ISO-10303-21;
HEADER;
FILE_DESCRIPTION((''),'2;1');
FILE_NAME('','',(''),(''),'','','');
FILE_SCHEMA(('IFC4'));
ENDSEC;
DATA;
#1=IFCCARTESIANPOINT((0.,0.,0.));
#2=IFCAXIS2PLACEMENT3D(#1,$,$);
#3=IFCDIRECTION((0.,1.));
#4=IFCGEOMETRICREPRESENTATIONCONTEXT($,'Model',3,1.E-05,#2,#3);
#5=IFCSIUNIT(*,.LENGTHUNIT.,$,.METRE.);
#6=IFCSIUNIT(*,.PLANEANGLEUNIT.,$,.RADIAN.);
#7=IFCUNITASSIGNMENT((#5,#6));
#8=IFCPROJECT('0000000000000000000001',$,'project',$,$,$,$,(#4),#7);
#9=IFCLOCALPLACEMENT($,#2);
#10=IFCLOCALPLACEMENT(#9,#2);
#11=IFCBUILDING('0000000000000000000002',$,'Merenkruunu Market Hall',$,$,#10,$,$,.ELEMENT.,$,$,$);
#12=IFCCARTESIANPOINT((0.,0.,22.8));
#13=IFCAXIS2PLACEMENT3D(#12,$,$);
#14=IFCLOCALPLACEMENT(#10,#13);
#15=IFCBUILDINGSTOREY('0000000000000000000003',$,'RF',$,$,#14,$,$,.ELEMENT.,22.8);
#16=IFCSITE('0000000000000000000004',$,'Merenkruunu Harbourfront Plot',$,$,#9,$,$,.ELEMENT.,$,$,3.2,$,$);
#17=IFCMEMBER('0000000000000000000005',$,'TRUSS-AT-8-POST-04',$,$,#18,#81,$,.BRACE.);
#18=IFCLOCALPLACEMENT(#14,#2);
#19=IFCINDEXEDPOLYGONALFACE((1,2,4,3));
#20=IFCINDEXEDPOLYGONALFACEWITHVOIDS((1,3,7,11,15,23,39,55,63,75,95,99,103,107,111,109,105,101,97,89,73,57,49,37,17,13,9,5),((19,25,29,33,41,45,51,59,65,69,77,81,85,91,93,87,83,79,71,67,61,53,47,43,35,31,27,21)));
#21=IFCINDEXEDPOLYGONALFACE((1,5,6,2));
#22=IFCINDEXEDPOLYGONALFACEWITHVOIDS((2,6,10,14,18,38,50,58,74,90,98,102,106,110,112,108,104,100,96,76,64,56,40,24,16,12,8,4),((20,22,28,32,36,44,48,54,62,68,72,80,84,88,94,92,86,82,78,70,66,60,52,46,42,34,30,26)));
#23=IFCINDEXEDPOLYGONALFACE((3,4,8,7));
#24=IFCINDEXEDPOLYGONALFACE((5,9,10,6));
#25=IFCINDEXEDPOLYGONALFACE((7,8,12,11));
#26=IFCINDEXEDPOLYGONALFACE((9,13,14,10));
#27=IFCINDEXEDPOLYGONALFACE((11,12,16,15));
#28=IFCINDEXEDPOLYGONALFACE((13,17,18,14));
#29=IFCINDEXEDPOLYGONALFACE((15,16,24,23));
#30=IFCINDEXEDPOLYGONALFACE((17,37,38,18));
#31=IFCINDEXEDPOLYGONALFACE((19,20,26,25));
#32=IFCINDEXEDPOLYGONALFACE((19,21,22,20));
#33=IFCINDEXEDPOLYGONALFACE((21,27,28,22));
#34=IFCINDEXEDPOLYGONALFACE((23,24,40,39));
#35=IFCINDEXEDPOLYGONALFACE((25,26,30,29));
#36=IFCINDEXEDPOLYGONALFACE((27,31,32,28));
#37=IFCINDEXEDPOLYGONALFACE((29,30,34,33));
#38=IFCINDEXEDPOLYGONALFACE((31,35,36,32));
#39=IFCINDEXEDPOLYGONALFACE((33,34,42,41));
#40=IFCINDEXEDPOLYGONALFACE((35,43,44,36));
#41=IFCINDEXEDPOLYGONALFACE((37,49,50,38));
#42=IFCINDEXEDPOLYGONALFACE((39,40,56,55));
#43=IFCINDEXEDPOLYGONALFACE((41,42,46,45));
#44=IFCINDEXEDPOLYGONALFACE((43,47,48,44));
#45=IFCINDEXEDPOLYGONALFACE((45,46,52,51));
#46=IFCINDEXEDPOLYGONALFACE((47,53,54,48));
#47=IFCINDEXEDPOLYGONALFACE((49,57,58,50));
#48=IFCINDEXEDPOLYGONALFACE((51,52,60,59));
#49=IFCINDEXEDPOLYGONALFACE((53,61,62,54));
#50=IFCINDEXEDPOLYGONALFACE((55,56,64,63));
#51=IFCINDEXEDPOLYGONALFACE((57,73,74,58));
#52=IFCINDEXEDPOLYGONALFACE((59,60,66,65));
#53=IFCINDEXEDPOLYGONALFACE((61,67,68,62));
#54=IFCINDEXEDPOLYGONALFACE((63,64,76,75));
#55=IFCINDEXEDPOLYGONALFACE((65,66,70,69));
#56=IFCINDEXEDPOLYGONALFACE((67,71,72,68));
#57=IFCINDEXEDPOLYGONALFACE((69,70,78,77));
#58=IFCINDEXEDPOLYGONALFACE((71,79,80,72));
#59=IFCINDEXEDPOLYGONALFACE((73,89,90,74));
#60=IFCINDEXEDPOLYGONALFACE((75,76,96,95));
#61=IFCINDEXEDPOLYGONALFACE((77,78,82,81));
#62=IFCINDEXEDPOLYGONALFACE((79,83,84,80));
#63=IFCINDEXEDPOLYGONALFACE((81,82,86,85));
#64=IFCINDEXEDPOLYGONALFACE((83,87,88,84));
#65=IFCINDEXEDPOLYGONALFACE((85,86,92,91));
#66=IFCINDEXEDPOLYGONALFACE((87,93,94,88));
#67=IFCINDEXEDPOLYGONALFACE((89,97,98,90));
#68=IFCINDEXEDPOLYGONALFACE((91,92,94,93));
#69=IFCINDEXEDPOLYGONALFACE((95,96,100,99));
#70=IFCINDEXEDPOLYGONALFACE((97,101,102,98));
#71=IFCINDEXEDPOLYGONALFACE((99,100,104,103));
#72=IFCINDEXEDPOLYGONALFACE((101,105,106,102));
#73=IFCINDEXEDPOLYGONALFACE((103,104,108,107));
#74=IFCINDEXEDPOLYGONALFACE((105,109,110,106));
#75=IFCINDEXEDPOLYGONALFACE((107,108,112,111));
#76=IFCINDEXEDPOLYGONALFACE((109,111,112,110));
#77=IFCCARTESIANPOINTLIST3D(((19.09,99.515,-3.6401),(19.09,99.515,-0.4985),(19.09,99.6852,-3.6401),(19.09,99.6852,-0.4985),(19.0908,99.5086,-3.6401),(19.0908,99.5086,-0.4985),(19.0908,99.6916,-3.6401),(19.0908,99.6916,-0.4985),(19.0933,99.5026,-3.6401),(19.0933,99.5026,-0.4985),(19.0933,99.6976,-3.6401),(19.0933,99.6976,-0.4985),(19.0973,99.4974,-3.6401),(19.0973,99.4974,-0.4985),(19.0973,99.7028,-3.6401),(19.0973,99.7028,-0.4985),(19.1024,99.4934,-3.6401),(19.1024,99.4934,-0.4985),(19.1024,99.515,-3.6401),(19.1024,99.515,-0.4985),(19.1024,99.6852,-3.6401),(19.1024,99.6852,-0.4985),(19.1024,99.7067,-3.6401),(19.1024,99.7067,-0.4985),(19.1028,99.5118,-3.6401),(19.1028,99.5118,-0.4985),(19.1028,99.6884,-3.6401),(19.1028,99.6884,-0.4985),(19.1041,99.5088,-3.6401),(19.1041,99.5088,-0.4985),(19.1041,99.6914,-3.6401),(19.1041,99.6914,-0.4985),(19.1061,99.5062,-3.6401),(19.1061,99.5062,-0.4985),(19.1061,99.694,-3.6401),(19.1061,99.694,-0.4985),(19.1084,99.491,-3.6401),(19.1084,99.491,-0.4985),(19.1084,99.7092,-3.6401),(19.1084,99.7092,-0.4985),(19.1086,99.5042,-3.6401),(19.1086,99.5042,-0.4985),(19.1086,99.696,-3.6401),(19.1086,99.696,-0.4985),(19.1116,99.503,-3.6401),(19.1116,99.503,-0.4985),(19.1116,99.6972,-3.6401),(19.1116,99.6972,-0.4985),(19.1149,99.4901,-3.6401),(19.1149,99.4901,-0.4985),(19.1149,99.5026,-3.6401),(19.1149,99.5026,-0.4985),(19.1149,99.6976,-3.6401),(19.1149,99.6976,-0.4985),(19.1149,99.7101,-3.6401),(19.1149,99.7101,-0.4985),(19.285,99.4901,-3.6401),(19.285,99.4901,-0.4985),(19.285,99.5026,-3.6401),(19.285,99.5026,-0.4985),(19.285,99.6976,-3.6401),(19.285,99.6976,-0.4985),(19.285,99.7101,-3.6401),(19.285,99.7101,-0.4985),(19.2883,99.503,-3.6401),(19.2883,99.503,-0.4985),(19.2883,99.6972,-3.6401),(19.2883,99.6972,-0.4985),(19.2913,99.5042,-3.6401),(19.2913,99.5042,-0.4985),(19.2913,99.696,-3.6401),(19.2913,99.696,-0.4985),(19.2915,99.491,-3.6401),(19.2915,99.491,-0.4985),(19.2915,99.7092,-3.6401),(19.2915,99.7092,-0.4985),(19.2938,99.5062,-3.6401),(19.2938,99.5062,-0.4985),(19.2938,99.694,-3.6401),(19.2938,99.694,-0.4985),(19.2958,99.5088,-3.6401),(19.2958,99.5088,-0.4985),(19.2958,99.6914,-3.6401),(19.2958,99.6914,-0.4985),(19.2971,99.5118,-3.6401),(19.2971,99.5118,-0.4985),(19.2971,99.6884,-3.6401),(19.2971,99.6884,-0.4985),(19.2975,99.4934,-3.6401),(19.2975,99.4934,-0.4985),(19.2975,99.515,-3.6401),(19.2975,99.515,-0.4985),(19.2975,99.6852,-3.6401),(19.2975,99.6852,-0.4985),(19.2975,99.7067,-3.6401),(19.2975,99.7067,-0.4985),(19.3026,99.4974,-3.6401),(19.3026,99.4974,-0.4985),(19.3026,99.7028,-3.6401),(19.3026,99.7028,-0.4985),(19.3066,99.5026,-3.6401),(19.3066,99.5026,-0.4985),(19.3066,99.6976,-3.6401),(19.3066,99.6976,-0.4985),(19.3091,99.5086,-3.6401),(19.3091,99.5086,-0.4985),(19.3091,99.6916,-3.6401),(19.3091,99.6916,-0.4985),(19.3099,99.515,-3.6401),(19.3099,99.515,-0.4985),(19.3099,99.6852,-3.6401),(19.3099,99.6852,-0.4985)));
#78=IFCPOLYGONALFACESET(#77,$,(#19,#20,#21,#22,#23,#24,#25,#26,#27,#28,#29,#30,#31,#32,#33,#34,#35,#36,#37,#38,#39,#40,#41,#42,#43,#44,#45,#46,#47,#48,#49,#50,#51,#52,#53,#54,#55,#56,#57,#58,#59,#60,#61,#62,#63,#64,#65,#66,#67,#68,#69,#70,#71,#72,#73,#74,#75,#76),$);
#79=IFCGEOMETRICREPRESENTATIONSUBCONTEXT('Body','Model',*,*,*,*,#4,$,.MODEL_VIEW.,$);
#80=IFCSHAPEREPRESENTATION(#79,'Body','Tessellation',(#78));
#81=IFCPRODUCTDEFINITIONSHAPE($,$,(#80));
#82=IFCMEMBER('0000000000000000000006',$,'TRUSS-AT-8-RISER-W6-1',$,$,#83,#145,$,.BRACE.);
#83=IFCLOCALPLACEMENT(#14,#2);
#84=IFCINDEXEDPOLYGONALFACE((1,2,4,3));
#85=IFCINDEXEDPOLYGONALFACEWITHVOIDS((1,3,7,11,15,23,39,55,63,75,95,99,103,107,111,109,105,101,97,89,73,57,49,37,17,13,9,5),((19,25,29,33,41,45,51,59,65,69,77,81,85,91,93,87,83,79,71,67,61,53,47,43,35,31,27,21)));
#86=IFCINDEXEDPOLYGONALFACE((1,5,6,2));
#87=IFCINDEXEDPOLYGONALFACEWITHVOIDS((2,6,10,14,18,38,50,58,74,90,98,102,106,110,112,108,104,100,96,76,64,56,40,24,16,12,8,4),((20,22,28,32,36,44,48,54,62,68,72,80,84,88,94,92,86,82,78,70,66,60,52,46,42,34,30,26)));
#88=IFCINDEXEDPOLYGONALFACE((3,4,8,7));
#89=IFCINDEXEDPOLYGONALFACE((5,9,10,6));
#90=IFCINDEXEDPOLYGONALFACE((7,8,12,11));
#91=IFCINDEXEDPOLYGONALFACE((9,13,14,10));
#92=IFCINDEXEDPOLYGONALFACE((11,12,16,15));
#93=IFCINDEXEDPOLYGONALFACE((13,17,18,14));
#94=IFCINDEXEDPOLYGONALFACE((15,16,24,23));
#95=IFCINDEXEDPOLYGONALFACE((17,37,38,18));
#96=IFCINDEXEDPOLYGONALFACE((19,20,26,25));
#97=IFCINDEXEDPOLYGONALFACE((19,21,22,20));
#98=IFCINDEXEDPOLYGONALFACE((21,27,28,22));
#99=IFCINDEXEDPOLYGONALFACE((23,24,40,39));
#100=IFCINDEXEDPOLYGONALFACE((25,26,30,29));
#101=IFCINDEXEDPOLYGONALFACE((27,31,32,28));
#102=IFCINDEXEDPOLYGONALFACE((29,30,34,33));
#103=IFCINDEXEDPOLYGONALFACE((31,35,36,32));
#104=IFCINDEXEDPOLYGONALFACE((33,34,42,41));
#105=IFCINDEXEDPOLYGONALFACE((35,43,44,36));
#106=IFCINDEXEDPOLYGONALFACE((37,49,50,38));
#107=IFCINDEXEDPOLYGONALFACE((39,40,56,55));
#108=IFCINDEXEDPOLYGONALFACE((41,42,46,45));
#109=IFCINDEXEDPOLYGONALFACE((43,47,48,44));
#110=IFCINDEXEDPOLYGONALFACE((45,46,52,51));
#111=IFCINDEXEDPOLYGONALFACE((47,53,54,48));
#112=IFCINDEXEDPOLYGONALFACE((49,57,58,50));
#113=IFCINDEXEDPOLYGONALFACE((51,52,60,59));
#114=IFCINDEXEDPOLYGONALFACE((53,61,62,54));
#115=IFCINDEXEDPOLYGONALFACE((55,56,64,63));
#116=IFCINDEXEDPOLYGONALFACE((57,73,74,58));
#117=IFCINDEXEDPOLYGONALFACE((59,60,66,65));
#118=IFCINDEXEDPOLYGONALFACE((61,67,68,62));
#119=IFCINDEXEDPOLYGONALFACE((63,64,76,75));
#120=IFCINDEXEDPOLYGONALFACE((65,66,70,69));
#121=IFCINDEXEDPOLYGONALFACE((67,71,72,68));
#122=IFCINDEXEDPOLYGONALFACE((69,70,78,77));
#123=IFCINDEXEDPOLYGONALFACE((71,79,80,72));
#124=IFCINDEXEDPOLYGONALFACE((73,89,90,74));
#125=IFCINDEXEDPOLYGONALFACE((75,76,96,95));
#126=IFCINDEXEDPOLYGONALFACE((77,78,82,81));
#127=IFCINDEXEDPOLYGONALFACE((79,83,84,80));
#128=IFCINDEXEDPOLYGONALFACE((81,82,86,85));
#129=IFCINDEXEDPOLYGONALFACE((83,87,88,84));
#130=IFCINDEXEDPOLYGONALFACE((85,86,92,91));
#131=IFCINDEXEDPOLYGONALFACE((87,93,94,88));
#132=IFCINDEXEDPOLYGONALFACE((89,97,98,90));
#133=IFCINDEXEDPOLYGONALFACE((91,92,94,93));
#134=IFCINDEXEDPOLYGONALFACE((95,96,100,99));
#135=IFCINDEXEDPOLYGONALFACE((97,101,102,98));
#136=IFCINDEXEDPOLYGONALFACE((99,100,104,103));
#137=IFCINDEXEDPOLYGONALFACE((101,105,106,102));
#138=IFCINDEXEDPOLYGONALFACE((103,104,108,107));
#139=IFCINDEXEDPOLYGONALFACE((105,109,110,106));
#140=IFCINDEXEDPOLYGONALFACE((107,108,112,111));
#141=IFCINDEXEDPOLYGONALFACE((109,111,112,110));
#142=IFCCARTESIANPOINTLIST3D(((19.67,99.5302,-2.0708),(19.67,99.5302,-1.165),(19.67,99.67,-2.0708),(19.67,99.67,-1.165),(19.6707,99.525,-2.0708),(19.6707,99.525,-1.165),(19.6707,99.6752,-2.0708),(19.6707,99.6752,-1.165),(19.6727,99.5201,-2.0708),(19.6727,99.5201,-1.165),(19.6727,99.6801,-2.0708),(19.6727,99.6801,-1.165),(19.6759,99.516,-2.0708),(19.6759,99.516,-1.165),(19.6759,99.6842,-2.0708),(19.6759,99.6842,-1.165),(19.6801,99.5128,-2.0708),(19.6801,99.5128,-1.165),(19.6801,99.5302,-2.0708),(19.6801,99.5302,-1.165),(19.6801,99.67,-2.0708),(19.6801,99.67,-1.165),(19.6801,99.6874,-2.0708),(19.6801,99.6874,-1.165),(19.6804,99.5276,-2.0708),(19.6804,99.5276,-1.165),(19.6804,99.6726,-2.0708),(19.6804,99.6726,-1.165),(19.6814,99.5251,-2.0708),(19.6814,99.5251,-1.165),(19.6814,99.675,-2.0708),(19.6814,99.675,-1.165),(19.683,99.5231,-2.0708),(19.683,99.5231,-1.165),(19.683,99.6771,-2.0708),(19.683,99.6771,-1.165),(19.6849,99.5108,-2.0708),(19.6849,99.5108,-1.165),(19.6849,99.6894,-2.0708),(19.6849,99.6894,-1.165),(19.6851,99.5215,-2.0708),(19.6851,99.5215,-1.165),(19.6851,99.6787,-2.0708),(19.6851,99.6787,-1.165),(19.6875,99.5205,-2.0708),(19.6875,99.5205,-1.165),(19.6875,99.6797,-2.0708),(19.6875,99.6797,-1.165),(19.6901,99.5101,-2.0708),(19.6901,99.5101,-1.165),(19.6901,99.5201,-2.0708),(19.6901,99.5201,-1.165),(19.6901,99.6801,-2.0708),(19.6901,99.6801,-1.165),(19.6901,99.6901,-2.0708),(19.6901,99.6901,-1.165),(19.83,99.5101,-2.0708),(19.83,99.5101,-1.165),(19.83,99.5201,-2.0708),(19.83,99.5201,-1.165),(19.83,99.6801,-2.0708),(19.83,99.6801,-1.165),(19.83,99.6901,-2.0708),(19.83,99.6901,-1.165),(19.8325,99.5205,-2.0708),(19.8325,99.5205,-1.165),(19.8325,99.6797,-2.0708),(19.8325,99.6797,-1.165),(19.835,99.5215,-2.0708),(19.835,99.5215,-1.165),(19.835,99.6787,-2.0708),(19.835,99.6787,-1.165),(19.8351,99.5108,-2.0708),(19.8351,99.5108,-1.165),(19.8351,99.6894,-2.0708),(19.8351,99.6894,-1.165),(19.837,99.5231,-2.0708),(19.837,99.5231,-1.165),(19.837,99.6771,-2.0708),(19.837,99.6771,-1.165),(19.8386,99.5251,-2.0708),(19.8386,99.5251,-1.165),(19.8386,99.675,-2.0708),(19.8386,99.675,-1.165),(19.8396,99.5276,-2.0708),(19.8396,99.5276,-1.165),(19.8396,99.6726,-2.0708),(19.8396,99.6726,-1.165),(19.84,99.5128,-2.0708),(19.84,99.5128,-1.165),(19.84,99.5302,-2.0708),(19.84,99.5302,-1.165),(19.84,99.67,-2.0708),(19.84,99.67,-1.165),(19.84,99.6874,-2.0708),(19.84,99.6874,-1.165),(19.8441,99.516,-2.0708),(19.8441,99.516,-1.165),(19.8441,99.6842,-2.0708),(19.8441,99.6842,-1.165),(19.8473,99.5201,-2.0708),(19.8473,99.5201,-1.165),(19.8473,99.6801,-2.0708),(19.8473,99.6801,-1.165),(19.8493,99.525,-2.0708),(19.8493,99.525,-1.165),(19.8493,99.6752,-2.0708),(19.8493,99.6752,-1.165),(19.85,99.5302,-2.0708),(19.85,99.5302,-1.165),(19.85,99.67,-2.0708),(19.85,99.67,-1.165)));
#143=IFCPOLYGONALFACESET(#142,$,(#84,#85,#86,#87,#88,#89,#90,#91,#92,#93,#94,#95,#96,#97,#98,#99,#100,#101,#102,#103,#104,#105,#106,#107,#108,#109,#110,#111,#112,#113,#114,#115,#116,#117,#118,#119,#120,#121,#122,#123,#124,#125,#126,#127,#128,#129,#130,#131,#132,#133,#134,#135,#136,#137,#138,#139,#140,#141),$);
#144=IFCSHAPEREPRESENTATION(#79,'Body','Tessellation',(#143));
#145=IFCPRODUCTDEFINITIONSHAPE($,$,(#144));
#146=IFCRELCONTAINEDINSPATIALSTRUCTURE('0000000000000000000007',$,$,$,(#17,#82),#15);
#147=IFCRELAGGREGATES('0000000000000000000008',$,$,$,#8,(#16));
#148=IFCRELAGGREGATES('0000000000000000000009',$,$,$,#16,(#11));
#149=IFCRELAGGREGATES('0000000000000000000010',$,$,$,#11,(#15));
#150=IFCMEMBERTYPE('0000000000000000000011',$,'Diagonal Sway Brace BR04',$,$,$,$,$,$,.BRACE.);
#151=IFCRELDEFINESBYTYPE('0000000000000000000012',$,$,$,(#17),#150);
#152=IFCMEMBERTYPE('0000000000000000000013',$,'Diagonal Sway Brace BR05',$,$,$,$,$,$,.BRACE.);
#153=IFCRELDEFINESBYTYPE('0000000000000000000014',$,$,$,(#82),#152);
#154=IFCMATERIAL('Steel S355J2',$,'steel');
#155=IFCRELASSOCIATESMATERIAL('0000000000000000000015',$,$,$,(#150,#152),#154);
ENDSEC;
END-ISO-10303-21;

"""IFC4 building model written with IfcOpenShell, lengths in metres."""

from ifc_helpers import new_model, si_unit, direction, frame, origin, origin_2d, place, context, subcontext, project, spatial, hollow_rectangle, extrude, material, material_profile, profile_set, type_object, element, save


model = new_model("IFC4")

# Units and contexts
model_context = context("Model", 3, precision=1e-05, world=origin(), true_north=direction((0.0, 1.0)))
body_context = subcontext(model_context, "Body", "Model", "MODEL_VIEW")
ifc_project = project(units=[si_unit("LENGTHUNIT", "METRE"), si_unit("PLANEANGLEUNIT", "RADIAN")], contexts=[model_context])

# Site, building, storey
site_placement = place(None, origin())
site = spatial("IfcSite", under=ifc_project, at=site_placement, Name="Merenkruunu Harbourfront Plot", CompositionType="ELEMENT", RefElevation=3.2)
building_placement = place(site_placement, origin())
building = spatial("IfcBuilding", under=site, at=building_placement, Name="Merenkruunu Market Hall", CompositionType="ELEMENT")
storey_placement = place(building_placement, frame((0.0, 0.0, 22.8)))
storey = spatial("IfcBuildingStorey", under=building, at=storey_placement, Name="RF", CompositionType="ELEMENT", Elevation=22.8)

# Members
ifc_material_1 = material(Name="Steel S355J2", Category="steel")
ifc_material_profile_1 = material_profile(ifc_material_1, hollow_rectangle(XDim=0.22, YDim=0.22, WallThickness=0.0125, InnerFilletRadius=0.0125, OuterFilletRadius=0.0249, at=origin_2d()), Name="SHS 220x220x12.5")
ifc_profile_set_1 = profile_set([ifc_material_profile_1], Name="Steel S355J2")
member_type_1 = type_object("IfcMemberType", Name="Diagonal Sway Brace BR04", PredefinedType="BRACE", material=ifc_profile_set_1)
member_1_placement = place(storey_placement, frame((19.2, 99.6001, -3.6401), z_axis=(0.0, 0.0, 1.0), x_axis=(1.0, 0.0, 0.0)))
element("IfcMember", 1, at=member_1_placement, inside=storey, type_object=member_type_1, Name="TRUSS-AT-8-POST-04", PredefinedType="BRACE", context=body_context, shape_type="SweptSolid", body=[
    extrude(hollow_rectangle(XDim=0.22, YDim=0.22, WallThickness=0.0125, InnerFilletRadius=0.0125, OuterFilletRadius=0.0249, at=origin_2d()), origin(), (0.0, 0.0, 1.0), 3.1416),
])
ifc_material_profile_2 = material_profile(ifc_material_1, hollow_rectangle(XDim=0.1799, YDim=0.1799, WallThickness=0.01, InnerFilletRadius=0.01, OuterFilletRadius=0.02, at=origin_2d()), Name="SHS 180x180x10")
ifc_profile_set_2 = profile_set([ifc_material_profile_2], Name="Steel S355J2")
member_type_2 = type_object("IfcMemberType", Name="Diagonal Sway Brace BR05", PredefinedType="BRACE", material=ifc_profile_set_2)
member_2_placement = place(storey_placement, frame((19.76, 99.6001, -2.0708), z_axis=(0.0, 0.0, 1.0), x_axis=(1.0, 0.0, 0.0)))
element("IfcMember", 2, at=member_2_placement, inside=storey, type_object=member_type_2, Name="TRUSS-AT-8-RISER-W6-1", PredefinedType="BRACE", context=body_context, shape_type="SweptSolid", body=[
    extrude(hollow_rectangle(XDim=0.1799, YDim=0.1799, WallThickness=0.01, InnerFilletRadius=0.01, OuterFilletRadius=0.02, at=origin_2d()), origin(), (0.0, 0.0, 1.0), 0.9058),
])

save(model, "model.ifc")
